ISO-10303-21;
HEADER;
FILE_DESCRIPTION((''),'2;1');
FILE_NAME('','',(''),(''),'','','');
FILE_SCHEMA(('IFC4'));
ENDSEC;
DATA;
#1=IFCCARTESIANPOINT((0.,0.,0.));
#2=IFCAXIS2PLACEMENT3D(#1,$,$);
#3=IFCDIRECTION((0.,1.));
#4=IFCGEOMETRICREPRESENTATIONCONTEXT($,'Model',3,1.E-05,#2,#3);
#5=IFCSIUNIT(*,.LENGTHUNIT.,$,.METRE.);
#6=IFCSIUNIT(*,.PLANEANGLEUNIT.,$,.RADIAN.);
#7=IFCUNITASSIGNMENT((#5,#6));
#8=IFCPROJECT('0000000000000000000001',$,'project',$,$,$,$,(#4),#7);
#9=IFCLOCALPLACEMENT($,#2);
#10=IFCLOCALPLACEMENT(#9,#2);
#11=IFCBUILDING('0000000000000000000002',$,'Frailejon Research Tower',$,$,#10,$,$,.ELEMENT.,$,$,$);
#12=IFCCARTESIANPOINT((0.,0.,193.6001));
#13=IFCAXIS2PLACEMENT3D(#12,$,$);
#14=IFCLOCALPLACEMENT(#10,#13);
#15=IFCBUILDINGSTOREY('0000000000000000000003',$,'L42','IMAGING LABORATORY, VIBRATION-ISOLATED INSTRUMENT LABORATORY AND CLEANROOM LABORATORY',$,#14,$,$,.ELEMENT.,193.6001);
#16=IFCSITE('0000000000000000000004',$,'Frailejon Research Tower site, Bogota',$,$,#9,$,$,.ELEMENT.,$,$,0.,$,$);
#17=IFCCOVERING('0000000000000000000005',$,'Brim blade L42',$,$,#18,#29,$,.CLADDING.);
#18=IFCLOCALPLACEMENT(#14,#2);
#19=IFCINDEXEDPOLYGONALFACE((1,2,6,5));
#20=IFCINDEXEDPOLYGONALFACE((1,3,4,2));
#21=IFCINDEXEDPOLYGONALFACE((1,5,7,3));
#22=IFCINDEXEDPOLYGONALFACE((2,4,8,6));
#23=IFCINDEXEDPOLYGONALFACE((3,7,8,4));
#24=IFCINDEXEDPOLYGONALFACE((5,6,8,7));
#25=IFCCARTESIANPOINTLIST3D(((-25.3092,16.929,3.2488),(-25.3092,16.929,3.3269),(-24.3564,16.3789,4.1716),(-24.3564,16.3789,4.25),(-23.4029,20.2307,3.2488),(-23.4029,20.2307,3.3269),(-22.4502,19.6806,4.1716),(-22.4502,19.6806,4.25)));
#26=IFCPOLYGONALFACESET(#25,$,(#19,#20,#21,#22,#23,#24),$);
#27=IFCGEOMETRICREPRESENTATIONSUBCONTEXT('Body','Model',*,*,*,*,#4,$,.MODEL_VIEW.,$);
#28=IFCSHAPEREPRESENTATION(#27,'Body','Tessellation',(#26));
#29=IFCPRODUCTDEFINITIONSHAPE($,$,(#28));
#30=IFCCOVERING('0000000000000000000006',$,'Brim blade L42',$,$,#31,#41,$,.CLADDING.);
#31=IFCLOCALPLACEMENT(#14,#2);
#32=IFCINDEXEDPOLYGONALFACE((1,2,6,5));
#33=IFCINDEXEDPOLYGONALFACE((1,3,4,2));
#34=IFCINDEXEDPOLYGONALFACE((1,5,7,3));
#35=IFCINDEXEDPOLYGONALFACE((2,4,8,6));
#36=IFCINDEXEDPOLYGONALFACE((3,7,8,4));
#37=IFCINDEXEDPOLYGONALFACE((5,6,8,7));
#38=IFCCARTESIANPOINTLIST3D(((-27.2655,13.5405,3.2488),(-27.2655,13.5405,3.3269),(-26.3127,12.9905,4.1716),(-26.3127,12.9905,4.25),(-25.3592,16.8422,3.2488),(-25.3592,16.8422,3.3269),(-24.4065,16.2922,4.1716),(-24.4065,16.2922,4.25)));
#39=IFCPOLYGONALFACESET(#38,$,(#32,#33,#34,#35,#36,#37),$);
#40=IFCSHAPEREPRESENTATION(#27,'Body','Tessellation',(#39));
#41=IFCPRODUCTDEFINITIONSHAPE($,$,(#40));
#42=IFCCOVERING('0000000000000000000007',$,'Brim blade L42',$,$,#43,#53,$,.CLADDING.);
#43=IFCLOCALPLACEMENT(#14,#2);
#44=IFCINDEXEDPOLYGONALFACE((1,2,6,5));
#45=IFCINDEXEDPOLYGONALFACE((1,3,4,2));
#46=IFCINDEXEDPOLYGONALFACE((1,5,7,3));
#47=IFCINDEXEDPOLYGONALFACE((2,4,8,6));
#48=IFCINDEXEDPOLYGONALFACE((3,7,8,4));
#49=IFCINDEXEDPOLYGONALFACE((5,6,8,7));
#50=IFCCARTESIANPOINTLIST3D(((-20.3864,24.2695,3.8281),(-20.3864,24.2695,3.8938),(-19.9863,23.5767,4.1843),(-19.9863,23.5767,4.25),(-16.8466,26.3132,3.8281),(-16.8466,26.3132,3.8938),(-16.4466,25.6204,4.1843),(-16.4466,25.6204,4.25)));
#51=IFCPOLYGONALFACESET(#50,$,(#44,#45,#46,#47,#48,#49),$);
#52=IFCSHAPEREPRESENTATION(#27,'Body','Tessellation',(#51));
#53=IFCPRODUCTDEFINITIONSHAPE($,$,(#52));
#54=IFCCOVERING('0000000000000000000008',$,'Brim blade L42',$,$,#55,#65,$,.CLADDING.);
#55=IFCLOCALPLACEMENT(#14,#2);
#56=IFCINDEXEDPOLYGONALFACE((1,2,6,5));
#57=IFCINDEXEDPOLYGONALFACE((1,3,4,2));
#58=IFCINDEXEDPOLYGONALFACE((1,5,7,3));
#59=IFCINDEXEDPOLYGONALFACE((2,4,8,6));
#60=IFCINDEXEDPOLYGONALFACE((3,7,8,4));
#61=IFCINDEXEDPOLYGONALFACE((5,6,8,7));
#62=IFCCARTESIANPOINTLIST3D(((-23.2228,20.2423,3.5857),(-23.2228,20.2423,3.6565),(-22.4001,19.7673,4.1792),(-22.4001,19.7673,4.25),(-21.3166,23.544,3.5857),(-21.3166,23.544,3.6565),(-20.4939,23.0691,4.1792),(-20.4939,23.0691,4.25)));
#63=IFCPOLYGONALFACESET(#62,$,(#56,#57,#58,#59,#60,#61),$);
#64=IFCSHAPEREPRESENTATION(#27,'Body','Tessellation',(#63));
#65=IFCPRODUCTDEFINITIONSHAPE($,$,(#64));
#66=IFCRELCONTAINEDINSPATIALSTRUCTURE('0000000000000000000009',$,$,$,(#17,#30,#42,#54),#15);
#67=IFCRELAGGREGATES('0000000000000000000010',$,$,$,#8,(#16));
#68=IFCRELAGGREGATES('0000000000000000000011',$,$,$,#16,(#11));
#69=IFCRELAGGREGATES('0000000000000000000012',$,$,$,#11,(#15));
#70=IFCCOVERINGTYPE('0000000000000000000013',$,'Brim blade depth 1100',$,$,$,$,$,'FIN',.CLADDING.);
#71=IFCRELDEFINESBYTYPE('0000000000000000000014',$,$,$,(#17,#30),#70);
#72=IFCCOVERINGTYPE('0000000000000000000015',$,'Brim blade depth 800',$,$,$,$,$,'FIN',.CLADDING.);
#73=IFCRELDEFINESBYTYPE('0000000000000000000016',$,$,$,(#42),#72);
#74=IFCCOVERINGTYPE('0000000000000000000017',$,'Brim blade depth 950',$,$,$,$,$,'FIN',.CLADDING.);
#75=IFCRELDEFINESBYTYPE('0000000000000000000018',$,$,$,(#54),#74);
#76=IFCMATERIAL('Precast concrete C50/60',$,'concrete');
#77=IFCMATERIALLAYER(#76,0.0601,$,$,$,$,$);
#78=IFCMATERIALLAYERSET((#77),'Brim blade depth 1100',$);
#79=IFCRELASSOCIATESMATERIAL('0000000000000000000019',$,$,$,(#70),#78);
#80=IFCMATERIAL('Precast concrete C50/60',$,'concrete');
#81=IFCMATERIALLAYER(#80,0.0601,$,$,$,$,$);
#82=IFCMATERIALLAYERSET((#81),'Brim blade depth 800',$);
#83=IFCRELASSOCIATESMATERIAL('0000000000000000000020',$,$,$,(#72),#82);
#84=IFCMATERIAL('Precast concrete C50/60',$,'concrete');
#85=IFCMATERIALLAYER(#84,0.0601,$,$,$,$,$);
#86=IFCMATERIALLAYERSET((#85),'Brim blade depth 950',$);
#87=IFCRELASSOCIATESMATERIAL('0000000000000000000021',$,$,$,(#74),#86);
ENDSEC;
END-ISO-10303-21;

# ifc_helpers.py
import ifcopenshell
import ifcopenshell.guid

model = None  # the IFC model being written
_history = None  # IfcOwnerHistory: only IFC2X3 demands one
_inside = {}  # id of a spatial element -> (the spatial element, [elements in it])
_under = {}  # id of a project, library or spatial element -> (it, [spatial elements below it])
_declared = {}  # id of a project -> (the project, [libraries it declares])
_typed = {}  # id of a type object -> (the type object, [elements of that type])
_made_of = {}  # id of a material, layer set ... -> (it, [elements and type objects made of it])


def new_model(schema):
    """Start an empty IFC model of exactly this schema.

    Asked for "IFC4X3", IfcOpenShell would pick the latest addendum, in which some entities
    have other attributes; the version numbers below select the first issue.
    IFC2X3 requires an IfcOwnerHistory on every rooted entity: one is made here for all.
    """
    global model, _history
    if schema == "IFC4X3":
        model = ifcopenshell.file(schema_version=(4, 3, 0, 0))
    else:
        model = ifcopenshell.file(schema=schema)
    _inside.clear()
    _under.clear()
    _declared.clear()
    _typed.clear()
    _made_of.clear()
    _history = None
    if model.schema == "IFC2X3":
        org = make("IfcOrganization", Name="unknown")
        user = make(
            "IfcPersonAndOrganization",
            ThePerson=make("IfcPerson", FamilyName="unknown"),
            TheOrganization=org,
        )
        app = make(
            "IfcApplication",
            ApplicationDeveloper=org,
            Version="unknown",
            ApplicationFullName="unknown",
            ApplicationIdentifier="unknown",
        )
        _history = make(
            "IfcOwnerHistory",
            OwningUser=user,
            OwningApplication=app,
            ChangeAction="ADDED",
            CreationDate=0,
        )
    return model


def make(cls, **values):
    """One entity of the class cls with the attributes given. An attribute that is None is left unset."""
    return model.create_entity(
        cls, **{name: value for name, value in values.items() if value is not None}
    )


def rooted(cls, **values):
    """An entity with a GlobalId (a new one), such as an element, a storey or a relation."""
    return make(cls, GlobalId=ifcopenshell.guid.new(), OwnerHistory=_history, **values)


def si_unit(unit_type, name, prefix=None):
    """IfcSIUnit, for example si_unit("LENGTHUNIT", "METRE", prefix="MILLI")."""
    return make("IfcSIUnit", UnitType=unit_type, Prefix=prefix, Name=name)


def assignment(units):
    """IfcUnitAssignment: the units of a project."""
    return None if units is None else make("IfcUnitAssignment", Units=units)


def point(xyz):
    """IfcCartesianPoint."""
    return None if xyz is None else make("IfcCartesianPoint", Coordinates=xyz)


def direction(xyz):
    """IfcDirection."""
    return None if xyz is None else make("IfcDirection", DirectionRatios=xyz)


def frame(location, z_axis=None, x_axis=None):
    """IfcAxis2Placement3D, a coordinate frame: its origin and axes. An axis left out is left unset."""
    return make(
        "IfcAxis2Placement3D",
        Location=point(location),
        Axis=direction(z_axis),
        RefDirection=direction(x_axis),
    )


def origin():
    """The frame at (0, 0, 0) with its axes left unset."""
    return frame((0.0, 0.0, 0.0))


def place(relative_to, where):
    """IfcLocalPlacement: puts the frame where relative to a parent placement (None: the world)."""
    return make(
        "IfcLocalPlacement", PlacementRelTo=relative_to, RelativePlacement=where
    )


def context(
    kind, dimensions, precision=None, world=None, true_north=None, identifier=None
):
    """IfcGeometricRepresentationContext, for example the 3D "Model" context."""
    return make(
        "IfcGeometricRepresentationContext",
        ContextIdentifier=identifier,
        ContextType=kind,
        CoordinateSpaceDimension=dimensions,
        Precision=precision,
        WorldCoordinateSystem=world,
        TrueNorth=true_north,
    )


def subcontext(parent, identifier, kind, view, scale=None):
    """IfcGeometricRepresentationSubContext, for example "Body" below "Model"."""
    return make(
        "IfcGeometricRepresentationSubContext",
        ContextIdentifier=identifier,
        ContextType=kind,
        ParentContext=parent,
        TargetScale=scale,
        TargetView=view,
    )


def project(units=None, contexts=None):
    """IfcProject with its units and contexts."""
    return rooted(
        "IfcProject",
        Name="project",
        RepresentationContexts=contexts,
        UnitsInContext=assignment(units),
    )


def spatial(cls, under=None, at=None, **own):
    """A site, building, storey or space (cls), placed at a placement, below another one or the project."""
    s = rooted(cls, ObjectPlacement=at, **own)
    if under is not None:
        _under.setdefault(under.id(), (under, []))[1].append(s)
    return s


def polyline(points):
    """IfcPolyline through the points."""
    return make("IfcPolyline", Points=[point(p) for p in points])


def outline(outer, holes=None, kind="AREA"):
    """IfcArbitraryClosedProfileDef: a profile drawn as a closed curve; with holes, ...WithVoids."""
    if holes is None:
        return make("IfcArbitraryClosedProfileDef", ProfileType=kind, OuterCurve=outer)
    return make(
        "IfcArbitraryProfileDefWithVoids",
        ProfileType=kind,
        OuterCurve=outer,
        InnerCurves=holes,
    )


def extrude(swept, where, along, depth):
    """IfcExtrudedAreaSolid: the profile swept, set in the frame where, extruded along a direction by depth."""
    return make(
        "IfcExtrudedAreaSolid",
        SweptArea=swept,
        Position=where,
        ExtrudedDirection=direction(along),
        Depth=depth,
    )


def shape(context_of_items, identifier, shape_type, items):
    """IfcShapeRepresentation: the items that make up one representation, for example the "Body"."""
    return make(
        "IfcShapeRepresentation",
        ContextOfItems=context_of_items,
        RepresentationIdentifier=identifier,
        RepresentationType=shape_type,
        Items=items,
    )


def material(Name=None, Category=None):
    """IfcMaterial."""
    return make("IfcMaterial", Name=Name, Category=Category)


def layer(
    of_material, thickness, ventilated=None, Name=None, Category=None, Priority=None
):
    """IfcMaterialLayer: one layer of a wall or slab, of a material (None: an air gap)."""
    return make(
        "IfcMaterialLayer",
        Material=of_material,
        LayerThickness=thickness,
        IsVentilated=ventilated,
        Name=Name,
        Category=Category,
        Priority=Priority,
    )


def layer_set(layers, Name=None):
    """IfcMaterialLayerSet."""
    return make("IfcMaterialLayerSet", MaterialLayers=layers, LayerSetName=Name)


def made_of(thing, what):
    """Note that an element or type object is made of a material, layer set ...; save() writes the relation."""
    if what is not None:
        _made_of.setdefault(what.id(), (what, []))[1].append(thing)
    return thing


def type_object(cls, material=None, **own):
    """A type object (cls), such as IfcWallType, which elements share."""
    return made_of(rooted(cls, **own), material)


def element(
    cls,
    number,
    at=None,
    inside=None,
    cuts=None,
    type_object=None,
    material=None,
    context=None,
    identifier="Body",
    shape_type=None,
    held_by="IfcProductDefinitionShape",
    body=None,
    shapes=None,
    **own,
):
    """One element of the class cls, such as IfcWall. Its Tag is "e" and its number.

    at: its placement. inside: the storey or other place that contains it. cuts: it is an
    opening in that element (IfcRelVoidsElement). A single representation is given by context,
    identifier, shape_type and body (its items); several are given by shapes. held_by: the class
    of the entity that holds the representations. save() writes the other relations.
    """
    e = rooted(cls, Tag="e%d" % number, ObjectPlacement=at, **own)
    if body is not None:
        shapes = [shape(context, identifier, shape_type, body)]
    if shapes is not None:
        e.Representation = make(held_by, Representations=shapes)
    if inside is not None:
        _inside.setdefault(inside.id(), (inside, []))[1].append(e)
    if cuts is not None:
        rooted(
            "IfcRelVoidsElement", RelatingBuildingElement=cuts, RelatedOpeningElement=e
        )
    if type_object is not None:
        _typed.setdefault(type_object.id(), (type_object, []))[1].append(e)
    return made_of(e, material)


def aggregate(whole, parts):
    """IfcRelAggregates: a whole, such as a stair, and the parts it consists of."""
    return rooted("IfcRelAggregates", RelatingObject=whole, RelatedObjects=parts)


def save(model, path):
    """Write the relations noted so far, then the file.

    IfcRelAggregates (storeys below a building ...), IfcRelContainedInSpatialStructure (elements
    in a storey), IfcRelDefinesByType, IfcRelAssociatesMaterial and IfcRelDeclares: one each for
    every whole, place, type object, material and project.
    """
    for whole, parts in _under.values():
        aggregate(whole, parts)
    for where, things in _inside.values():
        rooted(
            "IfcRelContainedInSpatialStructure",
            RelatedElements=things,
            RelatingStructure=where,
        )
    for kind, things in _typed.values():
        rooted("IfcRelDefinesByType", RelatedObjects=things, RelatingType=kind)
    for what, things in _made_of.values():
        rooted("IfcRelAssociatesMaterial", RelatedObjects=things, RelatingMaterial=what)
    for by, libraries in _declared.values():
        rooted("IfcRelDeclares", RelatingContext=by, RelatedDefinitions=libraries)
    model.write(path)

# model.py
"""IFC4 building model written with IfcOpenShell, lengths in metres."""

from ifc_helpers import new_model, si_unit, direction, frame, origin, place, context, subcontext, project, spatial, polyline, outline, extrude, material, layer, layer_set, type_object, element, save


model = new_model("IFC4")

# Units and contexts
model_context = context("Model", 3, precision=1e-05, world=origin(), true_north=direction((0.0, 1.0)))
body_context = subcontext(model_context, "Body", "Model", "MODEL_VIEW")
ifc_project = project(units=[si_unit("LENGTHUNIT", "METRE"), si_unit("PLANEANGLEUNIT", "RADIAN")], contexts=[model_context])

# Site, building, storey
site_placement = place(None, origin())
site = spatial("IfcSite", under=ifc_project, at=site_placement, Name="Frailejon Research Tower site, Bogota", CompositionType="ELEMENT", RefElevation=0.0)
building_placement = place(site_placement, origin())
building = spatial("IfcBuilding", under=site, at=building_placement, Name="Frailejon Research Tower", CompositionType="ELEMENT")
storey_placement = place(building_placement, frame((0.0, 0.0, 193.6001)))
storey = spatial("IfcBuildingStorey", under=building, at=storey_placement, Name="L42", Description="IMAGING LABORATORY, VIBRATION-ISOLATED INSTRUMENT LABORATORY AND CLEANROOM LABORATORY", CompositionType="ELEMENT", Elevation=193.6001)

# Coverings
ifc_material_1 = material(Name="Precast concrete C50/60", Category="concrete")
ifc_layer_1 = layer(ifc_material_1, 0.0601)
ifc_layer_set_1 = layer_set([ifc_layer_1], Name="Brim blade depth 1100")
covering_type_1 = type_object("IfcCoveringType", Name="Brim blade depth 1100", ElementType="FIN", PredefinedType="CLADDING", material=ifc_layer_set_1)
for number, where, z_axis, x_axis, name in (
    (1, (-24.3564, 16.3789, 4.25), (0.500001, 0.866025, 0.0), (-0.866025, 0.500001, 0.0), "Brim blade L42"),
    (2, (-26.3127, 12.9905, 4.25), (0.500001, 0.866025, 0.0), (-0.866025, 0.500001, 0.0), "Brim blade L42"),
):
    element("IfcCovering", number, at=place(storey_placement, frame(where, z_axis=z_axis, x_axis=x_axis)), inside=storey, type_object=covering_type_1, Name=name, PredefinedType="CLADDING", context=body_context, shape_type="SweptSolid", body=[
        extrude(outline(polyline([(0.0, -0.0784), (1.1001, -1.0012), (1.1001, -0.9231), (0.0, 0.0), (0.0, -0.0784)])), origin(), (0.0, 0.0, 1.0), 3.8125),
    ])
ifc_material_2 = material(Name="Precast concrete C50/60", Category="concrete")
ifc_layer_2 = layer(ifc_material_2, 0.0601)
ifc_layer_set_2 = layer_set([ifc_layer_2], Name="Brim blade depth 800")
covering_type_2 = type_object("IfcCoveringType", Name="Brim blade depth 800", ElementType="FIN", PredefinedType="CLADDING", material=ifc_layer_set_2)
covering_1_placement = place(storey_placement, frame((-19.9863, 23.5767, 4.25), z_axis=(0.866021, 0.500007, 0.0), x_axis=(-0.500007, 0.866021, 0.0)))
element("IfcCovering", 3, at=covering_1_placement, inside=storey, type_object=covering_type_2, Name="Brim blade L42", PredefinedType="CLADDING", context=body_context, shape_type="SweptSolid", body=[
    extrude(outline(polyline([(0.0, -0.0657), (0.8, -0.4219), (0.8, -0.3562), (0.0, 0.0), (0.0, -0.0657)])), origin(), (0.0, 0.0, 1.0), 4.0874),
])
ifc_material_3 = material(Name="Precast concrete C50/60", Category="concrete")
ifc_layer_3 = layer(ifc_material_3, 0.0601)
ifc_layer_set_3 = layer_set([ifc_layer_3], Name="Brim blade depth 950")
covering_type_3 = type_object("IfcCoveringType", Name="Brim blade depth 950", ElementType="FIN", PredefinedType="CLADDING", material=ifc_layer_set_3)
covering_2_placement = place(storey_placement, frame((-22.4001, 19.7673, 4.25), z_axis=(0.500001, 0.866025, 0.0), x_axis=(-0.866025, 0.500001, 0.0)))
element("IfcCovering", 4, at=covering_2_placement, inside=storey, type_object=covering_type_3, Name="Brim blade L42", PredefinedType="CLADDING", context=body_context, shape_type="SweptSolid", body=[
    extrude(outline(polyline([(0.0, -0.0708), (0.95, -0.6643), (0.95, -0.5935), (0.0, 0.0), (0.0, -0.0708)])), origin(), (0.0, 0.0, 1.0), 3.8125),
])

save(model, "model.ifc")
